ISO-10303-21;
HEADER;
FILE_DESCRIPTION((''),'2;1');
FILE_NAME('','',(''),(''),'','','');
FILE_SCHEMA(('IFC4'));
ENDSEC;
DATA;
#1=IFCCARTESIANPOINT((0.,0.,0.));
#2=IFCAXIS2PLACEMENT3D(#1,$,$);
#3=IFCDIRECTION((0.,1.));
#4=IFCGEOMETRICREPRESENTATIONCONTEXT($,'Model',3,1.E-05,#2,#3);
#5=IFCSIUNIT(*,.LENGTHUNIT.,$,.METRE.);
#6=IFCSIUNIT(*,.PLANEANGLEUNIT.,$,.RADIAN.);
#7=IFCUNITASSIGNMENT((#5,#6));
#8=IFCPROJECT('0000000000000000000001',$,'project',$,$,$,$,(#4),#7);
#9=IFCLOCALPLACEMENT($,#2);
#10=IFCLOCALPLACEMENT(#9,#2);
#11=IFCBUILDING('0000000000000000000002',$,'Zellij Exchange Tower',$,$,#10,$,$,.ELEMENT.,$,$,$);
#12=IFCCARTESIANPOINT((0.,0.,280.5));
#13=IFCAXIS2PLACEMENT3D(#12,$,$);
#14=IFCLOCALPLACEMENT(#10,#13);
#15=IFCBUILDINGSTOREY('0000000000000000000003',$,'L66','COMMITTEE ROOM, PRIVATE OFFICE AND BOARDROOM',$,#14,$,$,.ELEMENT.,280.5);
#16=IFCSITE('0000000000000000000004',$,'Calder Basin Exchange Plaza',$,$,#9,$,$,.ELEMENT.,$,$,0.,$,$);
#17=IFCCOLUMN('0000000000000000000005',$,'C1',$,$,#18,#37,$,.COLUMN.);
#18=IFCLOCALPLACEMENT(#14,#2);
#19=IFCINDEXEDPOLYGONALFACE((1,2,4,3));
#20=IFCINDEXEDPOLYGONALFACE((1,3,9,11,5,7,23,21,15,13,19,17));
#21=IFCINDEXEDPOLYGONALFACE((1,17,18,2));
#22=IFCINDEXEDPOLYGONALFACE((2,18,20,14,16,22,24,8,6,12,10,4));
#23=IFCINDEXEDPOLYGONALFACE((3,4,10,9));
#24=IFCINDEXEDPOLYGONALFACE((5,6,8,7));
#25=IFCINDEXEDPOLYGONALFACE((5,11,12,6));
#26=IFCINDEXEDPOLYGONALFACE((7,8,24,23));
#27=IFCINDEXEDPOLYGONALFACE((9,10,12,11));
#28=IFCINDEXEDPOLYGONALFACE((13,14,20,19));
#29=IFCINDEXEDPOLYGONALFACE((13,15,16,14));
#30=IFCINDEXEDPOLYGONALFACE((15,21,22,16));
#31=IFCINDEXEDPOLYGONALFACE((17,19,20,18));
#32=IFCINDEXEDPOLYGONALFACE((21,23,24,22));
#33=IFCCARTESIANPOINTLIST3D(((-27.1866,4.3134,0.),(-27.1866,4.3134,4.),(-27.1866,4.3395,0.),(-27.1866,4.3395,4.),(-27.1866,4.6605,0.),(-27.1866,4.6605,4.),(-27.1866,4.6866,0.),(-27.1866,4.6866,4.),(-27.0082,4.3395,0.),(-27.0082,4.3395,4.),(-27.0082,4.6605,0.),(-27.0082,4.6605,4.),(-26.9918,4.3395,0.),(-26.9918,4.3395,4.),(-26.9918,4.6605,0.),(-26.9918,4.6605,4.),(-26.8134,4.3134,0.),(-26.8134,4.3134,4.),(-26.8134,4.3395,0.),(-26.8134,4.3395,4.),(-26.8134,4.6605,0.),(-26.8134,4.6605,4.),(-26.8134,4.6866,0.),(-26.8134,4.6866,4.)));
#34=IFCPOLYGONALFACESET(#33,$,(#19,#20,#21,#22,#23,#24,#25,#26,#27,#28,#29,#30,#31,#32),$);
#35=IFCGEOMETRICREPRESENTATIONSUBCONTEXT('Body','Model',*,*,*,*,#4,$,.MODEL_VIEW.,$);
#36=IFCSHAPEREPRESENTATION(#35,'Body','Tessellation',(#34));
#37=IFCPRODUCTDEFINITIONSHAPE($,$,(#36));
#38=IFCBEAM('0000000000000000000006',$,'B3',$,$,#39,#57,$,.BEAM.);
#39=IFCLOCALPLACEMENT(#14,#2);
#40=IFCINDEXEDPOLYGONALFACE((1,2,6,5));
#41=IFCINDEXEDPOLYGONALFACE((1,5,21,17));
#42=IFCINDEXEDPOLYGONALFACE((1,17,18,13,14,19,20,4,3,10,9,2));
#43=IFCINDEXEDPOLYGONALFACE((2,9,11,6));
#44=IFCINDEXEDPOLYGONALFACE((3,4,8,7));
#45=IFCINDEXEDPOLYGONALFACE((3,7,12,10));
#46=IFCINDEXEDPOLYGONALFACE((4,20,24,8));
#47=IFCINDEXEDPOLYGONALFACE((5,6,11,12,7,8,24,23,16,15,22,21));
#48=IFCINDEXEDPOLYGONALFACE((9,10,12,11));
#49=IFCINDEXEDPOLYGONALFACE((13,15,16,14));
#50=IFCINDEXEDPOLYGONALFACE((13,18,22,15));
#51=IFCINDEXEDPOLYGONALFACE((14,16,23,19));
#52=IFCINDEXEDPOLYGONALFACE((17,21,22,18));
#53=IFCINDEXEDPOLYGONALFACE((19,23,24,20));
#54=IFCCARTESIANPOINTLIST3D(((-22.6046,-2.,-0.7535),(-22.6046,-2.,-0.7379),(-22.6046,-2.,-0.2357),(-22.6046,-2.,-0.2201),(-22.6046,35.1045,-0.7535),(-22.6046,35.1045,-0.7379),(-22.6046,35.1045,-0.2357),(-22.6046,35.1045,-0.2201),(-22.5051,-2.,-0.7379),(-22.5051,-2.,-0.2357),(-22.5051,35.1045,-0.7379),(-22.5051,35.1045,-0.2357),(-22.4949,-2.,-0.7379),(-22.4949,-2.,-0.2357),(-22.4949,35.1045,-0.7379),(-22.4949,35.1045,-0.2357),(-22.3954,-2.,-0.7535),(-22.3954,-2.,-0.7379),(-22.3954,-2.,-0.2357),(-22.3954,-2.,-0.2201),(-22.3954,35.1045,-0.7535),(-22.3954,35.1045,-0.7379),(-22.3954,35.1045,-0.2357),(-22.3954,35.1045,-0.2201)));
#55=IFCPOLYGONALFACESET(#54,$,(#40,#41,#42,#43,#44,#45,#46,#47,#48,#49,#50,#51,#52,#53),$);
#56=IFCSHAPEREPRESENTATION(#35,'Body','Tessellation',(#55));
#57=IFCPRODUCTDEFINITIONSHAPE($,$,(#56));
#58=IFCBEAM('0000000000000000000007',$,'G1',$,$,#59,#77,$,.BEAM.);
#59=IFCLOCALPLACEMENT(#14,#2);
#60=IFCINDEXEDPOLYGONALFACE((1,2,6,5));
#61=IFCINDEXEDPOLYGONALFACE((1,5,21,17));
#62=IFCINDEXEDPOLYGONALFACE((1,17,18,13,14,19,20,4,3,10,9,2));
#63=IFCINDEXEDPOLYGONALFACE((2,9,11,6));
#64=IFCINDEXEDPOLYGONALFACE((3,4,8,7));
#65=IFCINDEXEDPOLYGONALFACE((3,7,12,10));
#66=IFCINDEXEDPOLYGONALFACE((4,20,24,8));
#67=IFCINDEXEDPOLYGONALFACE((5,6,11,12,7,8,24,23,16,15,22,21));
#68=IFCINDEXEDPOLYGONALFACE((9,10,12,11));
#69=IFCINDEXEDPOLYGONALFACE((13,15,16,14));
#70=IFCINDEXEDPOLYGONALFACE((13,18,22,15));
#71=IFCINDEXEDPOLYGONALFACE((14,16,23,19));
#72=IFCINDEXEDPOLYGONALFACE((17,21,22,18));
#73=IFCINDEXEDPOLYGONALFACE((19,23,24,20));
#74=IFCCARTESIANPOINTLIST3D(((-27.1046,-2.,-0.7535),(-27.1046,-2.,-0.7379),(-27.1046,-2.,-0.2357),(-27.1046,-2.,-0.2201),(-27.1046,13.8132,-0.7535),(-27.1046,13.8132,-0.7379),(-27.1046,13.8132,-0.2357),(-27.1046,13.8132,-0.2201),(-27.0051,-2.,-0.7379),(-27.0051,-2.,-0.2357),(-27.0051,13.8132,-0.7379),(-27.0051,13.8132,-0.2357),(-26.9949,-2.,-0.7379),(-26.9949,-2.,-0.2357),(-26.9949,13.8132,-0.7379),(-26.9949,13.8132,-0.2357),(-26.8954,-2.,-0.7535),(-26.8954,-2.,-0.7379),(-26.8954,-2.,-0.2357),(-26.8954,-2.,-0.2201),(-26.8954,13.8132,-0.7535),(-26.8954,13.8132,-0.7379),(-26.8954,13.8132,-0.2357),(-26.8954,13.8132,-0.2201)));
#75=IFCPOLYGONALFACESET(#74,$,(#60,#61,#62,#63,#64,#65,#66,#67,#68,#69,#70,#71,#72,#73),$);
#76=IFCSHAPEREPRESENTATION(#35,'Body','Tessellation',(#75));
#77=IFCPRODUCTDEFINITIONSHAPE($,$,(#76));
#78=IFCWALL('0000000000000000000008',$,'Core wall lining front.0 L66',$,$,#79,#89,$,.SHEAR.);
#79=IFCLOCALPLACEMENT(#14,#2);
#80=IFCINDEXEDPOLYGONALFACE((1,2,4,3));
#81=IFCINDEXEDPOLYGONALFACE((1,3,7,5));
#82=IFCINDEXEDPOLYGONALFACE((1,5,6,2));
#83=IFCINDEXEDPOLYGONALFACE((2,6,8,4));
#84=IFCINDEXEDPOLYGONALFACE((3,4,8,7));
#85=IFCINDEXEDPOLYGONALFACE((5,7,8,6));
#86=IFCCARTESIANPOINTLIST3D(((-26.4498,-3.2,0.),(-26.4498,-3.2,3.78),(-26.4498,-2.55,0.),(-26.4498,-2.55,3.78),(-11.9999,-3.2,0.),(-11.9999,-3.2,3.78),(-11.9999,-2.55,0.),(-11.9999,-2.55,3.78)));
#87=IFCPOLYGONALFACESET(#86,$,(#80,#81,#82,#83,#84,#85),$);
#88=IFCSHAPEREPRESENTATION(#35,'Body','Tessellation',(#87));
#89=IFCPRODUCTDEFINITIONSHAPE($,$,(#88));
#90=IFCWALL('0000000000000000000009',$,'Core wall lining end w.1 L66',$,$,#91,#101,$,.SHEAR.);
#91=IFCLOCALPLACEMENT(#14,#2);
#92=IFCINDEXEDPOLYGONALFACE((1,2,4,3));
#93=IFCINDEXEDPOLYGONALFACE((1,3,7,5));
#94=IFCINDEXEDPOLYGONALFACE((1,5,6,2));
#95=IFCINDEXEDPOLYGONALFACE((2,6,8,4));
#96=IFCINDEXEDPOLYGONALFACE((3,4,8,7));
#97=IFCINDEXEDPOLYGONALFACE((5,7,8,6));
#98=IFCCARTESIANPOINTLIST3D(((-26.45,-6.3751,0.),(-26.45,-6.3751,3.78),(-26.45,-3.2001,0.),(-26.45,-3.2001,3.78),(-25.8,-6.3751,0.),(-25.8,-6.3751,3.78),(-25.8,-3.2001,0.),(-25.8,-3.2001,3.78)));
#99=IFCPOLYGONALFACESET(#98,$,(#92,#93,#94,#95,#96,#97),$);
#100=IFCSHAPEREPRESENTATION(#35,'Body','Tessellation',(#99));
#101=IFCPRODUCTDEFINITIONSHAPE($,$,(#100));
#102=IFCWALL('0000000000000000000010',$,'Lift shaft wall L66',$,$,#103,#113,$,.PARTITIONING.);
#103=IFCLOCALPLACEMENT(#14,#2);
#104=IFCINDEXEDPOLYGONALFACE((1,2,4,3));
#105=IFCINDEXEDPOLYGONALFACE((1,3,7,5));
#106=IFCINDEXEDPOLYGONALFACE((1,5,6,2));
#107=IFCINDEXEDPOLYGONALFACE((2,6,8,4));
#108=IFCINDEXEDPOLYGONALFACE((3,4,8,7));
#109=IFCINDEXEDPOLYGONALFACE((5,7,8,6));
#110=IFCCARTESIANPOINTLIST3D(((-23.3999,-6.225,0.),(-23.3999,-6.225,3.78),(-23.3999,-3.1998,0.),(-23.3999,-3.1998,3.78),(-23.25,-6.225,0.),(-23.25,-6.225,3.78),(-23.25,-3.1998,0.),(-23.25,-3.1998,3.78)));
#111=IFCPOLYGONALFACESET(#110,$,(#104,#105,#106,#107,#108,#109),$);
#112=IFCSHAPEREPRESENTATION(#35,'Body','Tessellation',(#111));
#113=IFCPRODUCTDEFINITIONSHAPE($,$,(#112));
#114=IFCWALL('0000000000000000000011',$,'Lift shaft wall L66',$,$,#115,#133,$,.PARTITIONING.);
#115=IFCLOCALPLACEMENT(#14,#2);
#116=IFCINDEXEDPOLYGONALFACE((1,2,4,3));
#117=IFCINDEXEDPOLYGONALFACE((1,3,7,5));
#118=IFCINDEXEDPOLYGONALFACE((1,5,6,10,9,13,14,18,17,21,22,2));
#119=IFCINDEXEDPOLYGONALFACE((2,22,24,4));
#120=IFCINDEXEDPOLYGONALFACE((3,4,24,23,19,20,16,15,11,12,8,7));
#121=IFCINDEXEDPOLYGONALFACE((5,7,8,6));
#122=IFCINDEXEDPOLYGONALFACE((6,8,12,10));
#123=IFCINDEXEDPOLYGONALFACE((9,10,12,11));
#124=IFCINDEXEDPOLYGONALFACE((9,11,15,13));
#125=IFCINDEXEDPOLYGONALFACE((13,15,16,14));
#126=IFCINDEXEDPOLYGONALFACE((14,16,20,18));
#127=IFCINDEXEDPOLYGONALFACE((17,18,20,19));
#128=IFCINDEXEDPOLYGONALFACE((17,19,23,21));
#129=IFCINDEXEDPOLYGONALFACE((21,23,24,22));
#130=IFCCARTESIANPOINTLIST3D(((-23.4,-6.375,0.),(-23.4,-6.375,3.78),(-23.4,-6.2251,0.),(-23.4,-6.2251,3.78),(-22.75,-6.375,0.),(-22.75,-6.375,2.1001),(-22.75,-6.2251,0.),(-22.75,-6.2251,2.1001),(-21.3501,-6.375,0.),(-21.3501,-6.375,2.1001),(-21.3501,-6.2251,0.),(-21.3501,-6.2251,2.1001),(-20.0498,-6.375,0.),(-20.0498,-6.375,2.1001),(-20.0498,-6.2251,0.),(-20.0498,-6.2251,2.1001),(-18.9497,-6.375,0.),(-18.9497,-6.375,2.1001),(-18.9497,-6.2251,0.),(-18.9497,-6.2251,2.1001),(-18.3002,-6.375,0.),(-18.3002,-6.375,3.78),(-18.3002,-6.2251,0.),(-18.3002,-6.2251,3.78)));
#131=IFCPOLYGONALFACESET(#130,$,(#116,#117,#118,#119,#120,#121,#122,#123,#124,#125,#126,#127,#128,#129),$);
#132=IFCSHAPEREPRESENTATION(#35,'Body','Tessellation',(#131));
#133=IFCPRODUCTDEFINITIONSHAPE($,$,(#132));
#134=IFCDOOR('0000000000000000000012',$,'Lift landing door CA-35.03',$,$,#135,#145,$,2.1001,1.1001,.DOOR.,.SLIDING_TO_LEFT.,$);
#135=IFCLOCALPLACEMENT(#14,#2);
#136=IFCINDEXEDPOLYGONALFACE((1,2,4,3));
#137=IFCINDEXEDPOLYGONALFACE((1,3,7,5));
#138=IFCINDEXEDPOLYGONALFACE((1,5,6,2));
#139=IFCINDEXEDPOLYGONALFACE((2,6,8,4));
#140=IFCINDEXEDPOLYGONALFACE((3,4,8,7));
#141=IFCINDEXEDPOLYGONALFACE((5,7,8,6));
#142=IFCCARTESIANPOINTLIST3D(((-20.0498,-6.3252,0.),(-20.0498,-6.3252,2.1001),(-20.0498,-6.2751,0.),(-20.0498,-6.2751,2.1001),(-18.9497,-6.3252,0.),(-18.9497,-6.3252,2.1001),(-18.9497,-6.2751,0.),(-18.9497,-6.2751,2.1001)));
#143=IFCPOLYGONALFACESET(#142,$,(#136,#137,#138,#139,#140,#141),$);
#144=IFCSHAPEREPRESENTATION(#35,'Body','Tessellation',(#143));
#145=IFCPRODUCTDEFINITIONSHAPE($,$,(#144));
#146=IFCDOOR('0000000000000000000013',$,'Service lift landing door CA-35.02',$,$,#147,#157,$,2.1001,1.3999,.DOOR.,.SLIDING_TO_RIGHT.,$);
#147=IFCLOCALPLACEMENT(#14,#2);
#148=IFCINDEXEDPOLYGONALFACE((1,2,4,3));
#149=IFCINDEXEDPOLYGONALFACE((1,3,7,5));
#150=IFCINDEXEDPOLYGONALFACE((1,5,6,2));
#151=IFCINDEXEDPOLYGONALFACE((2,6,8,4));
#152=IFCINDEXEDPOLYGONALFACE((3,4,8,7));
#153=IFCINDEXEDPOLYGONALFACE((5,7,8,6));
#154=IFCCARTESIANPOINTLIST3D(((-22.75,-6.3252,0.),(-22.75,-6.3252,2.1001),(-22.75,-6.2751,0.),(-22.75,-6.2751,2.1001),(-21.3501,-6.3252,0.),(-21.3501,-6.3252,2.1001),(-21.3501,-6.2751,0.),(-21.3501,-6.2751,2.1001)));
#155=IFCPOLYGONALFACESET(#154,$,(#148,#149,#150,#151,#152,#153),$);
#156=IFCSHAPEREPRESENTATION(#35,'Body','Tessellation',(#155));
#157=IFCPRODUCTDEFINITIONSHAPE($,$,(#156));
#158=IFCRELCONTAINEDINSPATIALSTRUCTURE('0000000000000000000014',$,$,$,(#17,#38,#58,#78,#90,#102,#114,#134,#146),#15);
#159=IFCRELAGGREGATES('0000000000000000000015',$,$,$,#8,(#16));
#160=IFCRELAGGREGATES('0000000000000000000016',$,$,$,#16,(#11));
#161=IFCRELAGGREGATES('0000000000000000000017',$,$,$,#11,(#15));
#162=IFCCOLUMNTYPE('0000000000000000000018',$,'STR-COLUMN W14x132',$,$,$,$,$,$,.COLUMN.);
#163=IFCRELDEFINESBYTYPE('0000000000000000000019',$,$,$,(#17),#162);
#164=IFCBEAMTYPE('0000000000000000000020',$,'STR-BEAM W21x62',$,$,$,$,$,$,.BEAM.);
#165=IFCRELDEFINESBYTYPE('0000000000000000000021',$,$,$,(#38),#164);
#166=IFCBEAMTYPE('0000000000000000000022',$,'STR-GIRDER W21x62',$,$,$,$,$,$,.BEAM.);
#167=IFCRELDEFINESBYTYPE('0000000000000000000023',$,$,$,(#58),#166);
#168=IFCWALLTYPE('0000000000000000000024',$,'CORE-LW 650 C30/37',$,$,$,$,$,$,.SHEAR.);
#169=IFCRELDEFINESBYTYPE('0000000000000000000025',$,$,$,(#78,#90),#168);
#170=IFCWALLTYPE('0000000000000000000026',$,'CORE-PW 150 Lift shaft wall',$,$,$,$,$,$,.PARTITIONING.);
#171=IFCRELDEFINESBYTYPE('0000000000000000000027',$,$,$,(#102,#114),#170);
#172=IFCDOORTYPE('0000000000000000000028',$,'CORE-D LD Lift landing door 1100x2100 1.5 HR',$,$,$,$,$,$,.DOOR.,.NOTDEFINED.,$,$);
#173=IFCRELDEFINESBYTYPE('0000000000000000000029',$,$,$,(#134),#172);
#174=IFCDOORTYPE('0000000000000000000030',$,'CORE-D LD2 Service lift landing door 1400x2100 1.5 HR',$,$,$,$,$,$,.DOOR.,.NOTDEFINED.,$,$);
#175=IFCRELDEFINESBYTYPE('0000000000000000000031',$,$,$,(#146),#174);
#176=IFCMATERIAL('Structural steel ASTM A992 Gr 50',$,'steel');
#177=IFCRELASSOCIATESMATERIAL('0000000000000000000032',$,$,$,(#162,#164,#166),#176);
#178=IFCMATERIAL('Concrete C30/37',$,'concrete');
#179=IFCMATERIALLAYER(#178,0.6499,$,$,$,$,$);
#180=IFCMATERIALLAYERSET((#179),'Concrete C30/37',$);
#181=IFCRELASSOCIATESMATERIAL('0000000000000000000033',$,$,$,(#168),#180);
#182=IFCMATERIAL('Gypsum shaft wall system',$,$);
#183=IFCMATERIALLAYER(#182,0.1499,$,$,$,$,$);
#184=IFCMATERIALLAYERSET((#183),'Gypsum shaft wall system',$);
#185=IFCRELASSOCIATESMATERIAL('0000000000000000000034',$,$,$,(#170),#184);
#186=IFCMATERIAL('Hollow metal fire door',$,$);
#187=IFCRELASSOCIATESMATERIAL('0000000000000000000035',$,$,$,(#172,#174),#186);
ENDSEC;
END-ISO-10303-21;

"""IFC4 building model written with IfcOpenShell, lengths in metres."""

from ifc_helpers import new_model, si_unit, direction, frame, frame_2d, origin, origin_2d, place, context, subcontext, project, spatial, rectangle, i_section, extrude, material, layer, layer_set, material_profile, profile_set, type_object, element, fill, save


model = new_model("IFC4")

# Units and contexts
model_context = context("Model", 3, precision=1e-05, world=origin(), true_north=direction((0.0, 1.0)))
body_context = subcontext(model_context, "Body", "Model", "MODEL_VIEW")
ifc_project = project(units=[si_unit("LENGTHUNIT", "METRE"), si_unit("PLANEANGLEUNIT", "RADIAN")], contexts=[model_context])

# Site, building, storey
site_placement = place(None, origin())
site = spatial("IfcSite", under=ifc_project, at=site_placement, Name="Calder Basin Exchange Plaza", CompositionType="ELEMENT", RefElevation=0.0)
building_placement = place(site_placement, origin())
building = spatial("IfcBuilding", under=site, at=building_placement, Name="Zellij Exchange Tower", CompositionType="ELEMENT")
storey_placement = place(building_placement, frame((0.0, 0.0, 280.5)))
storey = spatial("IfcBuildingStorey", under=building, at=storey_placement, Name="L66", Description="COMMITTEE ROOM, PRIVATE OFFICE AND BOARDROOM", CompositionType="ELEMENT", Elevation=280.5)

# Column
ifc_material_1 = material(Name="Structural steel ASTM A992 Gr 50", Category="steel")
ifc_material_profile_1 = material_profile(ifc_material_1, i_section(OverallWidth=0.3733, OverallDepth=0.3733, WebThickness=0.0164, FlangeThickness=0.0261, at=origin_2d()), Name="W14x132")
ifc_profile_set_1 = profile_set([ifc_material_profile_1], Name="Structural steel ASTM A992 Gr 50")
column_type = type_object("IfcColumnType", Name="STR-COLUMN W14x132", PredefinedType="COLUMN", material=ifc_profile_set_1)
column_placement = place(storey_placement, frame((-27.0, 4.5, 0.0), z_axis=(0.0, 0.0, 1.0), x_axis=(1.0, 0.0, 0.0)))
element("IfcColumn", 1, at=column_placement, inside=storey, type_object=column_type, Name="C1", PredefinedType="COLUMN", context=body_context, shape_type="SweptSolid", body=[
    extrude(i_section(OverallWidth=0.3733, OverallDepth=0.3733, WebThickness=0.0164, FlangeThickness=0.0261, at=origin_2d()), origin(), (0.0, 0.0, 1.0), 4.0),
])

# Beams
ifc_material_profile_2 = material_profile(ifc_material_1, i_section(OverallWidth=0.2092, OverallDepth=0.5334, WebThickness=0.0103, FlangeThickness=0.0156, at=origin_2d()), Name="W21x62")
ifc_profile_set_2 = profile_set([ifc_material_profile_2], Name="Structural steel ASTM A992 Gr 50")
beam_type_1 = type_object("IfcBeamType", Name="STR-BEAM W21x62", PredefinedType="BEAM", material=ifc_profile_set_2)
beam_1_placement = place(storey_placement, frame((-22.5, -2.0, -0.4868), z_axis=(0.0, 1.0, 0.0), x_axis=(-1.0, 0.0, 0.0)))
element("IfcBeam", 2, at=beam_1_placement, inside=storey, type_object=beam_type_1, Name="B3", PredefinedType="BEAM", context=body_context, shape_type="SweptSolid", body=[
    extrude(i_section(OverallWidth=0.2092, OverallDepth=0.5334, WebThickness=0.0103, FlangeThickness=0.0156, at=origin_2d()), origin(), (0.0, 0.0, 1.0), 37.1045),
])
ifc_material_profile_3 = material_profile(ifc_material_1, i_section(OverallWidth=0.2092, OverallDepth=0.5334, WebThickness=0.0103, FlangeThickness=0.0156, at=origin_2d()), Name="W21x62")
ifc_profile_set_3 = profile_set([ifc_material_profile_3], Name="Structural steel ASTM A992 Gr 50")
beam_type_2 = type_object("IfcBeamType", Name="STR-GIRDER W21x62", PredefinedType="BEAM", material=ifc_profile_set_3)
beam_2_placement = place(storey_placement, frame((-27.0, -2.0, -0.4868), z_axis=(0.0, 1.0, 0.0), x_axis=(-1.0, 0.0, 0.0)))
element("IfcBeam", 3, at=beam_2_placement, inside=storey, type_object=beam_type_2, Name="G1", PredefinedType="BEAM", context=body_context, shape_type="SweptSolid", body=[
    extrude(i_section(OverallWidth=0.2092, OverallDepth=0.5334, WebThickness=0.0103, FlangeThickness=0.0156, at=origin_2d()), origin(), (0.0, 0.0, 1.0), 15.8132),
])

# Walls
ifc_material_2 = material(Name="Concrete C30/37", Category="concrete")
ifc_layer_1 = layer(ifc_material_2, 0.6499)
ifc_layer_set_1 = layer_set([ifc_layer_1], Name="Concrete C30/37")
wall_type_1 = type_object("IfcWallType", Name="CORE-LW 650 C30/37", PredefinedType="SHEAR", material=ifc_layer_set_1)
wall_1_placement = place(storey_placement, frame((-26.45, -2.875, 0.0), z_axis=(0.0, 0.0, 1.0), x_axis=(1.0, 0.0, 0.0)))
element("IfcWall", 4, at=wall_1_placement, inside=storey, type_object=wall_type_1, Name="Core wall lining front.0 L66", PredefinedType="SHEAR", context=body_context, shape_type="SweptSolid", body=[
    extrude(rectangle(XDim=14.45, YDim=0.6499, at=frame_2d((7.2251, 0.0))), origin(), (0.0, 0.0, 1.0), 3.78),
])
wall_2_placement = place(storey_placement, frame((-26.125, -6.375, 0.0), z_axis=(0.0, 0.0, 1.0), x_axis=(0.0, 1.0, 0.0)))
element("IfcWall", 5, at=wall_2_placement, inside=storey, type_object=wall_type_1, Name="Core wall lining end w.1 L66", PredefinedType="SHEAR", context=body_context, shape_type="SweptSolid", body=[
    extrude(rectangle(XDim=3.175, YDim=0.6499, at=frame_2d((1.5874, 0.0))), origin(), (0.0, 0.0, 1.0), 3.78),
])
ifc_material_3 = material(Name="Gypsum shaft wall system")
ifc_layer_2 = layer(ifc_material_3, 0.1499)
ifc_layer_set_2 = layer_set([ifc_layer_2], Name="Gypsum shaft wall system")
wall_type_2 = type_object("IfcWallType", Name="CORE-PW 150 Lift shaft wall", PredefinedType="PARTITIONING", material=ifc_layer_set_2)
wall_3_placement = place(storey_placement, frame((-23.325, -6.2251, 0.0), z_axis=(0.0, 0.0, 1.0), x_axis=(0.0, 1.0, 0.0)))
element("IfcWall", 6, at=wall_3_placement, inside=storey, type_object=wall_type_2, Name="Lift shaft wall L66", PredefinedType="PARTITIONING", context=body_context, shape_type="SweptSolid", body=[
    extrude(rectangle(XDim=3.0251, YDim=0.1499, at=frame_2d((1.5127, 0.0))), origin(), (0.0, 0.0, 1.0), 3.78),
])

# Wall, openings, doors
wall_4_placement = place(storey_placement, frame((-23.3999, -6.3, 0.0), z_axis=(0.0, 0.0, 1.0), x_axis=(1.0, 0.0, 0.0)))
wall_4 = element("IfcWall", 7, at=wall_4_placement, inside=storey, type_object=wall_type_2, Name="Lift shaft wall L66", PredefinedType="PARTITIONING", context=body_context, shape_type="SweptSolid", body=[
    extrude(rectangle(XDim=5.0999, YDim=0.1499, at=frame_2d((2.5498, 0.0))), origin(), (0.0, 0.0, 1.0), 3.78),
])
opening_1_placement = place(wall_4_placement, frame((0.6499, 0.0, 0.0)))
opening_1 = element("IfcOpeningElement", 8, at=opening_1_placement, cuts=wall_4, PredefinedType="OPENING", context=body_context, shape_type="SweptSolid", body=[
    extrude(rectangle(XDim=1.3999, YDim=2.1001, at=frame_2d((0.7, 1.05))), frame((0.0, 0.0869, 0.0), z_axis=(0.0, -1.0, 0.0), x_axis=(1.0, 0.0, 0.0)), (0.0, 0.0, 1.0), 0.1738),
])
opening_2_placement = place(wall_4_placement, frame((3.3501, 0.0, 0.0)))
opening_2 = element("IfcOpeningElement", 9, at=opening_2_placement, cuts=wall_4, PredefinedType="OPENING", context=body_context, shape_type="SweptSolid", body=[
    extrude(rectangle(XDim=1.1001, YDim=2.1001, at=frame_2d((0.55, 1.05))), frame((0.0, 0.0869, 0.0), z_axis=(0.0, -1.0, 0.0), x_axis=(1.0, 0.0, 0.0)), (0.0, 0.0, 1.0), 0.1738),
])
ifc_material_4 = material(Name="Hollow metal fire door")
door_type_1 = type_object("IfcDoorType", Name="CORE-D LD Lift landing door 1100x2100 1.5 HR", OperationType="NOTDEFINED", PredefinedType="DOOR", material=ifc_material_4)
door_1_placement = place(opening_2_placement, origin())
door_1 = element("IfcDoor", 10, at=door_1_placement, inside=storey, type_object=door_type_1, Name="Lift landing door CA-35.03", OperationType="SLIDING_TO_LEFT", OverallHeight=2.1001, OverallWidth=1.1001, PredefinedType="DOOR", context=body_context, shape_type="SweptSolid", body=[
    extrude(rectangle(XDim=1.1001, YDim=2.1001, at=frame_2d((0.55, 1.05))), frame((0.0, 0.0249, 0.0), z_axis=(0.0, -1.0, 0.0), x_axis=(1.0, 0.0, 0.0)), (0.0, 0.0, 1.0), 0.05),
])
fill(opening_2, door_1)
door_type_2 = type_object("IfcDoorType", Name="CORE-D LD2 Service lift landing door 1400x2100 1.5 HR", OperationType="NOTDEFINED", PredefinedType="DOOR", material=ifc_material_4)
door_2_placement = place(opening_1_placement, origin())
door_2 = element("IfcDoor", 11, at=door_2_placement, inside=storey, type_object=door_type_2, Name="Service lift landing door CA-35.02", OperationType="SLIDING_TO_RIGHT", OverallHeight=2.1001, OverallWidth=1.3999, PredefinedType="DOOR", context=body_context, shape_type="SweptSolid", body=[
    extrude(rectangle(XDim=1.3999, YDim=2.1001, at=frame_2d((0.7, 1.05))), frame((0.0, 0.0249, 0.0), z_axis=(0.0, -1.0, 0.0), x_axis=(1.0, 0.0, 0.0)), (0.0, 0.0, 1.0), 0.05),
])
fill(opening_1, door_2)

save(model, "model.ifc")
